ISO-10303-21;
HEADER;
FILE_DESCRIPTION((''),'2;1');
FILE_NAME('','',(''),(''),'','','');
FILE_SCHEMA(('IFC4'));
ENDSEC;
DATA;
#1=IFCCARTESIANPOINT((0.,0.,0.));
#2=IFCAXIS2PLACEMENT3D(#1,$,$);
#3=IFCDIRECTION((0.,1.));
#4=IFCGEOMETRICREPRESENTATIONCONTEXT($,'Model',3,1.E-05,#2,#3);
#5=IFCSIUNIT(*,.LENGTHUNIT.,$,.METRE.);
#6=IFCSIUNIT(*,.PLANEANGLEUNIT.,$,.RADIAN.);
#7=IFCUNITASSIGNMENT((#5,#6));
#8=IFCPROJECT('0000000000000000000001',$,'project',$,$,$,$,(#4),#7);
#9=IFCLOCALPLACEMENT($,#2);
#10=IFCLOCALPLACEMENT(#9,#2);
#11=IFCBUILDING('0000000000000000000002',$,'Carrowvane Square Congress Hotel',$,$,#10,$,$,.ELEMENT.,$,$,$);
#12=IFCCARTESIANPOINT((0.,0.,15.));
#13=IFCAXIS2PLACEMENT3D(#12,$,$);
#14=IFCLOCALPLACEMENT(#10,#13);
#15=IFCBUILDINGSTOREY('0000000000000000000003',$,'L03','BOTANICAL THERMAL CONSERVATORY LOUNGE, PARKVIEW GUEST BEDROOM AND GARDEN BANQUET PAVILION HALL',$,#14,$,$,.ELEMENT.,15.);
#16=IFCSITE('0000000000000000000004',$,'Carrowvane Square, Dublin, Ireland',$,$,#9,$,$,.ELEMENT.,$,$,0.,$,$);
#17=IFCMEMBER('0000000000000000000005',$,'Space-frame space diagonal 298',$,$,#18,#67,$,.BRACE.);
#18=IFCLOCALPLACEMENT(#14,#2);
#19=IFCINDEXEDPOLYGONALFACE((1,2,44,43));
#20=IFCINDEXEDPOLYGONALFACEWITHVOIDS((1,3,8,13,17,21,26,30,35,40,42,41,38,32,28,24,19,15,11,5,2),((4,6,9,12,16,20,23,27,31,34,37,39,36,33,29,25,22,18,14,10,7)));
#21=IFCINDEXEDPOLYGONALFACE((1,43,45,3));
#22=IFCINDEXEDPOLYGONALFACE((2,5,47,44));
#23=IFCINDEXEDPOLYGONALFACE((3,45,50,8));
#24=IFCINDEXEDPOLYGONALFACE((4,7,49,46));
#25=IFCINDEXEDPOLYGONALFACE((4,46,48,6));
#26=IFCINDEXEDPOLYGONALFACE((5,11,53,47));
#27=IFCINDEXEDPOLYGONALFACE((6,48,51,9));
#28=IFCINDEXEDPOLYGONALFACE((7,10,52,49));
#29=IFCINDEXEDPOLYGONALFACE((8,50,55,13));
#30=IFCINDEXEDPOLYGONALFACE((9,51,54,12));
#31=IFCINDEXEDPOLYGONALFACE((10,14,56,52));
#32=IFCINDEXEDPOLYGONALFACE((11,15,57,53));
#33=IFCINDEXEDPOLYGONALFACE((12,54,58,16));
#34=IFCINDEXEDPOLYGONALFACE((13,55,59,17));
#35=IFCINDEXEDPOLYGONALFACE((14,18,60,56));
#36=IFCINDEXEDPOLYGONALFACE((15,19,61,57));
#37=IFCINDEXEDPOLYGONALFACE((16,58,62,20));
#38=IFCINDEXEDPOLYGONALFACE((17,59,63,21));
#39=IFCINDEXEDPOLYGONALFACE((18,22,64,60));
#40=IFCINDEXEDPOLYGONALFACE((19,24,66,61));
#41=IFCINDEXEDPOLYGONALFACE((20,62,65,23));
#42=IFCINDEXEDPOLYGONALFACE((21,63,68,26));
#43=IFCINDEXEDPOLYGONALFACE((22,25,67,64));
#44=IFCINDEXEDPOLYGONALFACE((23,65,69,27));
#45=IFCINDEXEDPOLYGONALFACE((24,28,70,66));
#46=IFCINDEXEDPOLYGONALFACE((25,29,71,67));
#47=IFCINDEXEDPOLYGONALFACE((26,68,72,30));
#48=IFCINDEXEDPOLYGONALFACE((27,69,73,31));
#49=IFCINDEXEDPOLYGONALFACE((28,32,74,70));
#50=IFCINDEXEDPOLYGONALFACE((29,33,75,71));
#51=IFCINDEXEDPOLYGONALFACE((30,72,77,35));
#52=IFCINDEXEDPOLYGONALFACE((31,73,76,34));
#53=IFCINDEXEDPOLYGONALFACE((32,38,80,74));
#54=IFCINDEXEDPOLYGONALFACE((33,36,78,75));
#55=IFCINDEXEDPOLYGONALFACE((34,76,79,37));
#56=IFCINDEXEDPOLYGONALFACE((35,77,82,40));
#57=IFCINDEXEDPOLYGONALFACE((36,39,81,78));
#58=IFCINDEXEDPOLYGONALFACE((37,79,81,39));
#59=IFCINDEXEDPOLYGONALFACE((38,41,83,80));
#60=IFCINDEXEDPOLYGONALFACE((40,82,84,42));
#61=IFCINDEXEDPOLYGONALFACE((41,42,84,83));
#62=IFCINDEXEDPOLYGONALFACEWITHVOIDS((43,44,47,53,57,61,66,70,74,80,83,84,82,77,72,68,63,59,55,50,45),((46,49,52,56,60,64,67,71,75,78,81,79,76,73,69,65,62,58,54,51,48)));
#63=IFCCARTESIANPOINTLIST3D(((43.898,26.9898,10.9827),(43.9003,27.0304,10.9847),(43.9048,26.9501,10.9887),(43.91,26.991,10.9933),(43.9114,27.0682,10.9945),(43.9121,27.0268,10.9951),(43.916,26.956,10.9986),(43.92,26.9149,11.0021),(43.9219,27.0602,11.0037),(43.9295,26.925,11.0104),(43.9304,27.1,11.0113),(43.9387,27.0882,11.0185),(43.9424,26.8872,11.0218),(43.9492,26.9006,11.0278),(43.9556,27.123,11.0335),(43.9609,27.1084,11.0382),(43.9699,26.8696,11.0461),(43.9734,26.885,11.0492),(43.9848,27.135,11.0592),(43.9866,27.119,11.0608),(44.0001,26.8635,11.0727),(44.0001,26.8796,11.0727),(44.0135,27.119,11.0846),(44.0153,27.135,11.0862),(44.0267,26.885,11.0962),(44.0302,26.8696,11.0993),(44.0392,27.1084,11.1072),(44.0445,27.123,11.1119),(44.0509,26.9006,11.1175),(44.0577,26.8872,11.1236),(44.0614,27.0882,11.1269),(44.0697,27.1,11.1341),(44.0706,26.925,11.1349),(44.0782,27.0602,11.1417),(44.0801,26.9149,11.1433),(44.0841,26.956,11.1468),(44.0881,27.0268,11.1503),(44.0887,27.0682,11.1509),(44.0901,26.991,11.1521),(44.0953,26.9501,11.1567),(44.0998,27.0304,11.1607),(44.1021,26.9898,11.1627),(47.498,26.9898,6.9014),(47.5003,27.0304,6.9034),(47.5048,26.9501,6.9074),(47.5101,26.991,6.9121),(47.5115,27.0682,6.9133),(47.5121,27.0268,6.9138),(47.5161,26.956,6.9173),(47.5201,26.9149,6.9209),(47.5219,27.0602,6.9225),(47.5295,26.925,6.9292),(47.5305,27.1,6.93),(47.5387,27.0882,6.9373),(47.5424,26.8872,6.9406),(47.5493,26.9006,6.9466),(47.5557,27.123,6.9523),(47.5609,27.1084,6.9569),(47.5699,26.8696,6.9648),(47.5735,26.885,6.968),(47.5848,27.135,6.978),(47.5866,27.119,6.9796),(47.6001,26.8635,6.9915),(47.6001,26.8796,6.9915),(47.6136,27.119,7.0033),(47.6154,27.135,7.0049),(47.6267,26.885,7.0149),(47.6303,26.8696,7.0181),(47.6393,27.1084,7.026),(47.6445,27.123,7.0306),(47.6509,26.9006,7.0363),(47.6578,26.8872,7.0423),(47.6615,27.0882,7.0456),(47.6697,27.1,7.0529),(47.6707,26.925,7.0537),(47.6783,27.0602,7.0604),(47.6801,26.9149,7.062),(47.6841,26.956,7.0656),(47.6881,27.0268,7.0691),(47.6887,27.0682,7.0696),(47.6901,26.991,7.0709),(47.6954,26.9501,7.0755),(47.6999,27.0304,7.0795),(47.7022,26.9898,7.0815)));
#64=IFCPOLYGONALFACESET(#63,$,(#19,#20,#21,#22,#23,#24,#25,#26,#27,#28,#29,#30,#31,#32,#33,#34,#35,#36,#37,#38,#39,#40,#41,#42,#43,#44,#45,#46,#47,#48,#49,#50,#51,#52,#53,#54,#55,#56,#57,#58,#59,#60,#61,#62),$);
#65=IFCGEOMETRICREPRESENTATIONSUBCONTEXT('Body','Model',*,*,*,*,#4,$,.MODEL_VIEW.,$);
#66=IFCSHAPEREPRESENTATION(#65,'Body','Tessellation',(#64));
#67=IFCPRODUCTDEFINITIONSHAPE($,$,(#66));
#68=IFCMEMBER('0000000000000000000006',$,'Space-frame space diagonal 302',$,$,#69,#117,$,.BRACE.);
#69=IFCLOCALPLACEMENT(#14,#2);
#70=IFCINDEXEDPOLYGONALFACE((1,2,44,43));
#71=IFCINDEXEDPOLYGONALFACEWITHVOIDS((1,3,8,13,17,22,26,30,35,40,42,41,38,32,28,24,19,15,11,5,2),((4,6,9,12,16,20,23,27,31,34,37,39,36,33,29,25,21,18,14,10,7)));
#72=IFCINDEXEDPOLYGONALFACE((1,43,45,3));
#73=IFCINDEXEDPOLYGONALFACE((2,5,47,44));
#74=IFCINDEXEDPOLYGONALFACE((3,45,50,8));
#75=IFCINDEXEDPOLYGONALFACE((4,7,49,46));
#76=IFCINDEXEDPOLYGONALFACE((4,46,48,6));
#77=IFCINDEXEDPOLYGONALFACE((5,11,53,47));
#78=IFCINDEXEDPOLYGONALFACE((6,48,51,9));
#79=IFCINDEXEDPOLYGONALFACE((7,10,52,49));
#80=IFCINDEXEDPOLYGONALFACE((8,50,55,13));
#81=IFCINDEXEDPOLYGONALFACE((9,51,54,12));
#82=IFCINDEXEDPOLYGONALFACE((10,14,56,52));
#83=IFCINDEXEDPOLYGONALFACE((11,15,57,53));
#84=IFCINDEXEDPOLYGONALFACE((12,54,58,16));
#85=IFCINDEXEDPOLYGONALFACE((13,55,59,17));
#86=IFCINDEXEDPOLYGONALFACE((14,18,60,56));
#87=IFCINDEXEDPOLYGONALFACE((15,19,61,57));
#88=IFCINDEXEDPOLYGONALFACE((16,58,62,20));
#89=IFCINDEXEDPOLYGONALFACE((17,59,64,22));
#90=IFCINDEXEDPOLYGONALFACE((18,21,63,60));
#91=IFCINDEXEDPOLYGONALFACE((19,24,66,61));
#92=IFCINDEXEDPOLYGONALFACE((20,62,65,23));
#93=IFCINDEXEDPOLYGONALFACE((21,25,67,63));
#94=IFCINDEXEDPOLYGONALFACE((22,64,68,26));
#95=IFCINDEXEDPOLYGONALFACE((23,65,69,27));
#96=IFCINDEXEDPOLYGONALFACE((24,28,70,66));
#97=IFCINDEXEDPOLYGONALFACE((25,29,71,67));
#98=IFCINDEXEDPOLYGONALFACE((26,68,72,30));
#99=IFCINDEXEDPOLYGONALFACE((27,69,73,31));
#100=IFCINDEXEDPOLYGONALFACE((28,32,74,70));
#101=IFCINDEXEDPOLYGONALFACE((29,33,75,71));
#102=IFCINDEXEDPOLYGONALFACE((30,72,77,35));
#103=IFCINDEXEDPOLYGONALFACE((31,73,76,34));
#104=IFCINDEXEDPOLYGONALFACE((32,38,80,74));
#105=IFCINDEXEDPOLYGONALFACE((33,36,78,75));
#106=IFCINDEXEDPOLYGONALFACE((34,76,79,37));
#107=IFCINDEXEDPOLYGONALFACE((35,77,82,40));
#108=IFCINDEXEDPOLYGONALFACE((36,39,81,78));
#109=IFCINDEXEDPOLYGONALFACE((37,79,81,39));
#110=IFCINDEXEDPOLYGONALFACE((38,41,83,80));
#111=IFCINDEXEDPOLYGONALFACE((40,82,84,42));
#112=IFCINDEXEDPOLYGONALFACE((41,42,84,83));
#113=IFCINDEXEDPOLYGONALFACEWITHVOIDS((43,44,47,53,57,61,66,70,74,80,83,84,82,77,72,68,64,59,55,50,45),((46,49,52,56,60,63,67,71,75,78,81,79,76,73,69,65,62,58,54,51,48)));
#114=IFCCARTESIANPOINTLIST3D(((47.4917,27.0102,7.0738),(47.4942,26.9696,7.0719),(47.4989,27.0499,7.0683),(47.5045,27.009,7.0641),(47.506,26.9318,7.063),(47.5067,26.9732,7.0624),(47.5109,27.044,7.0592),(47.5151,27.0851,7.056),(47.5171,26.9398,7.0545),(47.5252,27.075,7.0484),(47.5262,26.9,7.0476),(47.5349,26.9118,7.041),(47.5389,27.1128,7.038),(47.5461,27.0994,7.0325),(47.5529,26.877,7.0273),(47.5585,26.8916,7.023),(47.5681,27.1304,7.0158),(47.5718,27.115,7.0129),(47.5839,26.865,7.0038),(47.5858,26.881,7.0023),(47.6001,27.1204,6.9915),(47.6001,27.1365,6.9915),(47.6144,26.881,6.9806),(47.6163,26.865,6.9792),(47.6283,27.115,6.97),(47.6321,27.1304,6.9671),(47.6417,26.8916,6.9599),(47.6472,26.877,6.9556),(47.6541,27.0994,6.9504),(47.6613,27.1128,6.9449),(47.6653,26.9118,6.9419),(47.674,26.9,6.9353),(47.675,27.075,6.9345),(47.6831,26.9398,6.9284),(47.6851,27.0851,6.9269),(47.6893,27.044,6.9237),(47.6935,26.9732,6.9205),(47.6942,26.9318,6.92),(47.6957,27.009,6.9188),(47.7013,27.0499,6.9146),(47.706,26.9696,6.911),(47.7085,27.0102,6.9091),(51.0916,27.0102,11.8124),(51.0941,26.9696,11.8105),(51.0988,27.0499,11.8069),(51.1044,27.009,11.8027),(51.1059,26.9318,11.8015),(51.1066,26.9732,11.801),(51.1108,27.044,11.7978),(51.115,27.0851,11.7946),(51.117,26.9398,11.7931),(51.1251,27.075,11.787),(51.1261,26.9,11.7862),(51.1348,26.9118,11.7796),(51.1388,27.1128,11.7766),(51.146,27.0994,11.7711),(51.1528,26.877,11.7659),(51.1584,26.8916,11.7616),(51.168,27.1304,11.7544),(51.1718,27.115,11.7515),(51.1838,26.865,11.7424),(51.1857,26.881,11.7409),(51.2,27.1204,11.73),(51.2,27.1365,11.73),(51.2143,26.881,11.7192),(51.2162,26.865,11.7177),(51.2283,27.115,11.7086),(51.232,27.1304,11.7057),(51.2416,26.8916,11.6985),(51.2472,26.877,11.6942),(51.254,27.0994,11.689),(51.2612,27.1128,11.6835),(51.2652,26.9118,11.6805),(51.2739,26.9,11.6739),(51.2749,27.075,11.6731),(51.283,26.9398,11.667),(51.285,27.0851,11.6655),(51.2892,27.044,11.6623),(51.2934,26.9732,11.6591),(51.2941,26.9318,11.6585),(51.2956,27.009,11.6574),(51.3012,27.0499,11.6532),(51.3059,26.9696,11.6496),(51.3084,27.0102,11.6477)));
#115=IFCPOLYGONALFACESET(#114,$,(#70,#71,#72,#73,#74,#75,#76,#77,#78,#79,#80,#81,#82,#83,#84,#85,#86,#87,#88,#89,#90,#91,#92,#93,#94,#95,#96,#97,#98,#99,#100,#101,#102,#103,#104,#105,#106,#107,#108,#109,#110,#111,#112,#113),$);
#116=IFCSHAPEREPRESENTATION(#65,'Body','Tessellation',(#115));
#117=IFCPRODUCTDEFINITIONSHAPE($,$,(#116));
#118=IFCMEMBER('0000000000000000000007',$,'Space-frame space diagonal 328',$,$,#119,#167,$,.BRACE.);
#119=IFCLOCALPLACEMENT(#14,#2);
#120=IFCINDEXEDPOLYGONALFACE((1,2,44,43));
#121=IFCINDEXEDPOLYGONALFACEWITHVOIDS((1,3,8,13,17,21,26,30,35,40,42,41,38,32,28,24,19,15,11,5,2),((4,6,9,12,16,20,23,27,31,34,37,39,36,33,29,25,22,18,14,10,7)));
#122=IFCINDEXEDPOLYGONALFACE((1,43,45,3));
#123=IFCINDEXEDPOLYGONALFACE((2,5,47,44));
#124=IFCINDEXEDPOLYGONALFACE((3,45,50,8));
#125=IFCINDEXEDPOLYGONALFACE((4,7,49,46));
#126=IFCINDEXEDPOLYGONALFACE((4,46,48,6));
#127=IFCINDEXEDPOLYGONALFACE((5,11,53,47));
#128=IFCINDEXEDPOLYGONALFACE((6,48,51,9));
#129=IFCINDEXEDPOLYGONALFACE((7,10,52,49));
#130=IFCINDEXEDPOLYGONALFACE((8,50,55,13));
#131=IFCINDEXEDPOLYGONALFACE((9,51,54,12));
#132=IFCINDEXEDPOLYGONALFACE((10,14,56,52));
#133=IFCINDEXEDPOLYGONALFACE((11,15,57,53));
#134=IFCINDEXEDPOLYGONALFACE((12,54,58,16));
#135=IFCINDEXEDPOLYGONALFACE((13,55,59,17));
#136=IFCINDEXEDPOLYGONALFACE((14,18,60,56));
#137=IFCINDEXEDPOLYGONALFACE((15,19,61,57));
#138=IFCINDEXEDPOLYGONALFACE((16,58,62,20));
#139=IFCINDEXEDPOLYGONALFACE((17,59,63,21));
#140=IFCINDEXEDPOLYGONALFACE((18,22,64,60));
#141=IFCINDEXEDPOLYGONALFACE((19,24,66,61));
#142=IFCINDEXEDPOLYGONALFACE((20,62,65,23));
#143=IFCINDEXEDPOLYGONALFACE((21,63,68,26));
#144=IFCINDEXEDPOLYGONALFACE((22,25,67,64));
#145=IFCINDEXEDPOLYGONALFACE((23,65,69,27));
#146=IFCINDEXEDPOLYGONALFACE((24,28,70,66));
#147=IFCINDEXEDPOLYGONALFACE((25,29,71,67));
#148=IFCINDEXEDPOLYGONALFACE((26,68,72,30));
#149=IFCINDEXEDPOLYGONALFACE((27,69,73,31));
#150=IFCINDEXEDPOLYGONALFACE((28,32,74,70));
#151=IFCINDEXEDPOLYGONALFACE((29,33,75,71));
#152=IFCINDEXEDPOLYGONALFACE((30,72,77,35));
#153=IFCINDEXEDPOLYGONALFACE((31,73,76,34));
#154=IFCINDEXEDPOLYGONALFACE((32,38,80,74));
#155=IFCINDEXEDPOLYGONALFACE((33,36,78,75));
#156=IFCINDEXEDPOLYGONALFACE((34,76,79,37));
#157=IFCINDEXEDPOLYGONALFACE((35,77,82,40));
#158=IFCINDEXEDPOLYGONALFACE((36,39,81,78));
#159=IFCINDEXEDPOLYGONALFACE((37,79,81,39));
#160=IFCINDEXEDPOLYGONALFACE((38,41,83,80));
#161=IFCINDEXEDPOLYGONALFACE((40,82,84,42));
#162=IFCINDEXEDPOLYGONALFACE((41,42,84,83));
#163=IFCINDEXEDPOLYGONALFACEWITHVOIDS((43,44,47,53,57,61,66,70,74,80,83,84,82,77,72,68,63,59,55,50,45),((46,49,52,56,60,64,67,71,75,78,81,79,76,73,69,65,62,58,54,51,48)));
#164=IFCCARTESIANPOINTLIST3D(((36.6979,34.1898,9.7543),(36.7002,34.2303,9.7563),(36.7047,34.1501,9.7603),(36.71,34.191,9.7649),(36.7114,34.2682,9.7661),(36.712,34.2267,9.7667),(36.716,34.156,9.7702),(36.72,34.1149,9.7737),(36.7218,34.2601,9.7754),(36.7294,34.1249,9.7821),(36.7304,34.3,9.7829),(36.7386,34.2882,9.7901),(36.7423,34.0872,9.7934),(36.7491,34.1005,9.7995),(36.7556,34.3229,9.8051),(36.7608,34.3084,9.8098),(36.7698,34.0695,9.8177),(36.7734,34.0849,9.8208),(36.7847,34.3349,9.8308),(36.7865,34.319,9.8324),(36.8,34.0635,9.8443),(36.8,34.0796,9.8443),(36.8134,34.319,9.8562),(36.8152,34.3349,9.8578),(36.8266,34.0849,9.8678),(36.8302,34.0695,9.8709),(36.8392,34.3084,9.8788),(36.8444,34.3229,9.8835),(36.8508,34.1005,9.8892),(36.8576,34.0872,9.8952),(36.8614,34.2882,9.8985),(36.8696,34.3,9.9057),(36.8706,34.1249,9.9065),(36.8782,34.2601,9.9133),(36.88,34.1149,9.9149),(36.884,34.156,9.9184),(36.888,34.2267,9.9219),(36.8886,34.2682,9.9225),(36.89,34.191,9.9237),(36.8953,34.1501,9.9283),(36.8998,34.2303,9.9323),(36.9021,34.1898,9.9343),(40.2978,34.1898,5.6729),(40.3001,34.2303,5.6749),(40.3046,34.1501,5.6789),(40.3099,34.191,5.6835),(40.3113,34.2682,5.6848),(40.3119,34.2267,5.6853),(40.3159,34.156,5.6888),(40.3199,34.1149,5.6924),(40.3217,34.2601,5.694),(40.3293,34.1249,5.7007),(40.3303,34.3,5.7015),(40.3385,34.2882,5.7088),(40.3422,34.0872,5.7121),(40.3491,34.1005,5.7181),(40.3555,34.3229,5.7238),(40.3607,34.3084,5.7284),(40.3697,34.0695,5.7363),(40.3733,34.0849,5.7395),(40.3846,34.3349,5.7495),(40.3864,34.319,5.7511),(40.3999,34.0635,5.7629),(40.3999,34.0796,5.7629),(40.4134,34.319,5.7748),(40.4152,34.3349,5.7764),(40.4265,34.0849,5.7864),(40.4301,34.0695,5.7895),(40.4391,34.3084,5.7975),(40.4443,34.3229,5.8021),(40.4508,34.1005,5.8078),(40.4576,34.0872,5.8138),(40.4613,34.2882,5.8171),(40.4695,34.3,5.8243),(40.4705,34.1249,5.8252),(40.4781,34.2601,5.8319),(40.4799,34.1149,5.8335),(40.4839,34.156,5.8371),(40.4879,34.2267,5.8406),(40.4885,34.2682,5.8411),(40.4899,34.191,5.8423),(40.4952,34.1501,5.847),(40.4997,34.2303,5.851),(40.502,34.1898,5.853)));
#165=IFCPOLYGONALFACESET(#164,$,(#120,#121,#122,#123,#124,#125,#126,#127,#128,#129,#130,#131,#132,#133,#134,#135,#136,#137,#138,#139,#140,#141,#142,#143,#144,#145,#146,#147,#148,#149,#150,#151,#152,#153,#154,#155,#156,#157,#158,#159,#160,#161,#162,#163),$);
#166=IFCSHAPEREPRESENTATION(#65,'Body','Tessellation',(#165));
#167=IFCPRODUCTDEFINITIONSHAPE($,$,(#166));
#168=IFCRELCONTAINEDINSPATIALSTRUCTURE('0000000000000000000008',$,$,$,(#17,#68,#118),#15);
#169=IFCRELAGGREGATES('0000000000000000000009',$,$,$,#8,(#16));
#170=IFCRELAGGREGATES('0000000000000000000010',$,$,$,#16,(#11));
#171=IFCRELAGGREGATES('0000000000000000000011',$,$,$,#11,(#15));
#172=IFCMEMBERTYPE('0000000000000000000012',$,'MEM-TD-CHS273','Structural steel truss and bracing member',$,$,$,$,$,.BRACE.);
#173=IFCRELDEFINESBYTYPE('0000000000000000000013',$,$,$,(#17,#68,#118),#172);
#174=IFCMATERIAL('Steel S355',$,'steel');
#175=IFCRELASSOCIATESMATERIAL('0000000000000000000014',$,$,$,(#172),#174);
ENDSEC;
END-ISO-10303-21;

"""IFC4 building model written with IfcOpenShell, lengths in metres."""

from ifc_helpers import new_model, si_unit, direction, frame, origin, origin_2d, place, context, subcontext, project, spatial, hollow_circle, extrude, material, material_profile, profile_set, type_object, element, save


model = new_model("IFC4")

# Units and contexts
model_context = context("Model", 3, precision=1e-05, world=origin(), true_north=direction((0.0, 1.0)))
body_context = subcontext(model_context, "Body", "Model", "MODEL_VIEW")
ifc_project = project(units=[si_unit("LENGTHUNIT", "METRE"), si_unit("PLANEANGLEUNIT", "RADIAN")], contexts=[model_context])

# Site, building, storey
site_placement = place(None, origin())
site = spatial("IfcSite", under=ifc_project, at=site_placement, Name="Carrowvane Square, Dublin, Ireland", CompositionType="ELEMENT", RefElevation=0.0)
building_placement = place(site_placement, origin())
building = spatial("IfcBuilding", under=site, at=building_placement, Name="Carrowvane Square Congress Hotel", CompositionType="ELEMENT")
storey_placement = place(building_placement, frame((0.0, 0.0, 15.0)))
storey = spatial("IfcBuildingStorey", under=building, at=storey_placement, Name="L03", Description="BOTANICAL THERMAL CONSERVATORY LOUNGE, PARKVIEW GUEST BEDROOM AND GARDEN BANQUET PAVILION HALL", CompositionType="ELEMENT", Elevation=15.0)

# Members
ifc_material_1 = material(Name="Steel S355", Category="steel")
ifc_material_profile_1 = material_profile(ifc_material_1, hollow_circle(Radius=0.1365, WallThickness=0.0161, at=origin_2d()), Name="CHS 273.0x16")
ifc_profile_set_1 = profile_set([ifc_material_profile_1], Name="Steel S355")
member_type_1 = type_object("IfcMemberType", Name="MEM-TD-CHS273", Description="Structural steel truss and bracing member", PredefinedType="BRACE", material=ifc_profile_set_1)
member_1_placement = place(storey_placement, frame((47.6001, 27.0, 6.9915), z_axis=(-0.661513, 0.0, 0.749933), x_axis=(0.0, -1.0, 0.0)))
element("IfcMember", 1, at=member_1_placement, inside=storey, type_object=member_type_1, Name="Space-frame space diagonal 298", PredefinedType="BRACE", context=body_context, shape_type="SweptSolid", body=[
    extrude(hollow_circle(Radius=0.1365, WallThickness=0.0161, at=origin_2d()), origin(), (0.0, 0.0, 1.0), 5.4421),
])
member_2_placement = place(storey_placement, frame((47.6001, 27.0, 6.9915), z_axis=(0.604931, 0.0, 0.796278), x_axis=(0.0, 1.0, 0.0)))
element("IfcMember", 2, at=member_2_placement, inside=storey, type_object=member_type_1, Name="Space-frame space diagonal 302", PredefinedType="BRACE", context=body_context, shape_type="SweptSolid", body=[
    extrude(hollow_circle(Radius=0.1365, WallThickness=0.0161, at=origin_2d()), origin(), (0.0, 0.0, 1.0), 5.9509),
])
member_3_placement = place(storey_placement, frame((40.3999, 34.2, 5.7629), z_axis=(-0.661488, 0.0, 0.749956), x_axis=(0.0, -1.0, 0.0)))
element("IfcMember", 3, at=member_3_placement, inside=storey, type_object=member_type_1, Name="Space-frame space diagonal 328", PredefinedType="BRACE", context=body_context, shape_type="SweptSolid", body=[
    extrude(hollow_circle(Radius=0.1365, WallThickness=0.0161, at=origin_2d()), origin(), (0.0, 0.0, 1.0), 5.4421),
])

save(model, "model.ifc")
